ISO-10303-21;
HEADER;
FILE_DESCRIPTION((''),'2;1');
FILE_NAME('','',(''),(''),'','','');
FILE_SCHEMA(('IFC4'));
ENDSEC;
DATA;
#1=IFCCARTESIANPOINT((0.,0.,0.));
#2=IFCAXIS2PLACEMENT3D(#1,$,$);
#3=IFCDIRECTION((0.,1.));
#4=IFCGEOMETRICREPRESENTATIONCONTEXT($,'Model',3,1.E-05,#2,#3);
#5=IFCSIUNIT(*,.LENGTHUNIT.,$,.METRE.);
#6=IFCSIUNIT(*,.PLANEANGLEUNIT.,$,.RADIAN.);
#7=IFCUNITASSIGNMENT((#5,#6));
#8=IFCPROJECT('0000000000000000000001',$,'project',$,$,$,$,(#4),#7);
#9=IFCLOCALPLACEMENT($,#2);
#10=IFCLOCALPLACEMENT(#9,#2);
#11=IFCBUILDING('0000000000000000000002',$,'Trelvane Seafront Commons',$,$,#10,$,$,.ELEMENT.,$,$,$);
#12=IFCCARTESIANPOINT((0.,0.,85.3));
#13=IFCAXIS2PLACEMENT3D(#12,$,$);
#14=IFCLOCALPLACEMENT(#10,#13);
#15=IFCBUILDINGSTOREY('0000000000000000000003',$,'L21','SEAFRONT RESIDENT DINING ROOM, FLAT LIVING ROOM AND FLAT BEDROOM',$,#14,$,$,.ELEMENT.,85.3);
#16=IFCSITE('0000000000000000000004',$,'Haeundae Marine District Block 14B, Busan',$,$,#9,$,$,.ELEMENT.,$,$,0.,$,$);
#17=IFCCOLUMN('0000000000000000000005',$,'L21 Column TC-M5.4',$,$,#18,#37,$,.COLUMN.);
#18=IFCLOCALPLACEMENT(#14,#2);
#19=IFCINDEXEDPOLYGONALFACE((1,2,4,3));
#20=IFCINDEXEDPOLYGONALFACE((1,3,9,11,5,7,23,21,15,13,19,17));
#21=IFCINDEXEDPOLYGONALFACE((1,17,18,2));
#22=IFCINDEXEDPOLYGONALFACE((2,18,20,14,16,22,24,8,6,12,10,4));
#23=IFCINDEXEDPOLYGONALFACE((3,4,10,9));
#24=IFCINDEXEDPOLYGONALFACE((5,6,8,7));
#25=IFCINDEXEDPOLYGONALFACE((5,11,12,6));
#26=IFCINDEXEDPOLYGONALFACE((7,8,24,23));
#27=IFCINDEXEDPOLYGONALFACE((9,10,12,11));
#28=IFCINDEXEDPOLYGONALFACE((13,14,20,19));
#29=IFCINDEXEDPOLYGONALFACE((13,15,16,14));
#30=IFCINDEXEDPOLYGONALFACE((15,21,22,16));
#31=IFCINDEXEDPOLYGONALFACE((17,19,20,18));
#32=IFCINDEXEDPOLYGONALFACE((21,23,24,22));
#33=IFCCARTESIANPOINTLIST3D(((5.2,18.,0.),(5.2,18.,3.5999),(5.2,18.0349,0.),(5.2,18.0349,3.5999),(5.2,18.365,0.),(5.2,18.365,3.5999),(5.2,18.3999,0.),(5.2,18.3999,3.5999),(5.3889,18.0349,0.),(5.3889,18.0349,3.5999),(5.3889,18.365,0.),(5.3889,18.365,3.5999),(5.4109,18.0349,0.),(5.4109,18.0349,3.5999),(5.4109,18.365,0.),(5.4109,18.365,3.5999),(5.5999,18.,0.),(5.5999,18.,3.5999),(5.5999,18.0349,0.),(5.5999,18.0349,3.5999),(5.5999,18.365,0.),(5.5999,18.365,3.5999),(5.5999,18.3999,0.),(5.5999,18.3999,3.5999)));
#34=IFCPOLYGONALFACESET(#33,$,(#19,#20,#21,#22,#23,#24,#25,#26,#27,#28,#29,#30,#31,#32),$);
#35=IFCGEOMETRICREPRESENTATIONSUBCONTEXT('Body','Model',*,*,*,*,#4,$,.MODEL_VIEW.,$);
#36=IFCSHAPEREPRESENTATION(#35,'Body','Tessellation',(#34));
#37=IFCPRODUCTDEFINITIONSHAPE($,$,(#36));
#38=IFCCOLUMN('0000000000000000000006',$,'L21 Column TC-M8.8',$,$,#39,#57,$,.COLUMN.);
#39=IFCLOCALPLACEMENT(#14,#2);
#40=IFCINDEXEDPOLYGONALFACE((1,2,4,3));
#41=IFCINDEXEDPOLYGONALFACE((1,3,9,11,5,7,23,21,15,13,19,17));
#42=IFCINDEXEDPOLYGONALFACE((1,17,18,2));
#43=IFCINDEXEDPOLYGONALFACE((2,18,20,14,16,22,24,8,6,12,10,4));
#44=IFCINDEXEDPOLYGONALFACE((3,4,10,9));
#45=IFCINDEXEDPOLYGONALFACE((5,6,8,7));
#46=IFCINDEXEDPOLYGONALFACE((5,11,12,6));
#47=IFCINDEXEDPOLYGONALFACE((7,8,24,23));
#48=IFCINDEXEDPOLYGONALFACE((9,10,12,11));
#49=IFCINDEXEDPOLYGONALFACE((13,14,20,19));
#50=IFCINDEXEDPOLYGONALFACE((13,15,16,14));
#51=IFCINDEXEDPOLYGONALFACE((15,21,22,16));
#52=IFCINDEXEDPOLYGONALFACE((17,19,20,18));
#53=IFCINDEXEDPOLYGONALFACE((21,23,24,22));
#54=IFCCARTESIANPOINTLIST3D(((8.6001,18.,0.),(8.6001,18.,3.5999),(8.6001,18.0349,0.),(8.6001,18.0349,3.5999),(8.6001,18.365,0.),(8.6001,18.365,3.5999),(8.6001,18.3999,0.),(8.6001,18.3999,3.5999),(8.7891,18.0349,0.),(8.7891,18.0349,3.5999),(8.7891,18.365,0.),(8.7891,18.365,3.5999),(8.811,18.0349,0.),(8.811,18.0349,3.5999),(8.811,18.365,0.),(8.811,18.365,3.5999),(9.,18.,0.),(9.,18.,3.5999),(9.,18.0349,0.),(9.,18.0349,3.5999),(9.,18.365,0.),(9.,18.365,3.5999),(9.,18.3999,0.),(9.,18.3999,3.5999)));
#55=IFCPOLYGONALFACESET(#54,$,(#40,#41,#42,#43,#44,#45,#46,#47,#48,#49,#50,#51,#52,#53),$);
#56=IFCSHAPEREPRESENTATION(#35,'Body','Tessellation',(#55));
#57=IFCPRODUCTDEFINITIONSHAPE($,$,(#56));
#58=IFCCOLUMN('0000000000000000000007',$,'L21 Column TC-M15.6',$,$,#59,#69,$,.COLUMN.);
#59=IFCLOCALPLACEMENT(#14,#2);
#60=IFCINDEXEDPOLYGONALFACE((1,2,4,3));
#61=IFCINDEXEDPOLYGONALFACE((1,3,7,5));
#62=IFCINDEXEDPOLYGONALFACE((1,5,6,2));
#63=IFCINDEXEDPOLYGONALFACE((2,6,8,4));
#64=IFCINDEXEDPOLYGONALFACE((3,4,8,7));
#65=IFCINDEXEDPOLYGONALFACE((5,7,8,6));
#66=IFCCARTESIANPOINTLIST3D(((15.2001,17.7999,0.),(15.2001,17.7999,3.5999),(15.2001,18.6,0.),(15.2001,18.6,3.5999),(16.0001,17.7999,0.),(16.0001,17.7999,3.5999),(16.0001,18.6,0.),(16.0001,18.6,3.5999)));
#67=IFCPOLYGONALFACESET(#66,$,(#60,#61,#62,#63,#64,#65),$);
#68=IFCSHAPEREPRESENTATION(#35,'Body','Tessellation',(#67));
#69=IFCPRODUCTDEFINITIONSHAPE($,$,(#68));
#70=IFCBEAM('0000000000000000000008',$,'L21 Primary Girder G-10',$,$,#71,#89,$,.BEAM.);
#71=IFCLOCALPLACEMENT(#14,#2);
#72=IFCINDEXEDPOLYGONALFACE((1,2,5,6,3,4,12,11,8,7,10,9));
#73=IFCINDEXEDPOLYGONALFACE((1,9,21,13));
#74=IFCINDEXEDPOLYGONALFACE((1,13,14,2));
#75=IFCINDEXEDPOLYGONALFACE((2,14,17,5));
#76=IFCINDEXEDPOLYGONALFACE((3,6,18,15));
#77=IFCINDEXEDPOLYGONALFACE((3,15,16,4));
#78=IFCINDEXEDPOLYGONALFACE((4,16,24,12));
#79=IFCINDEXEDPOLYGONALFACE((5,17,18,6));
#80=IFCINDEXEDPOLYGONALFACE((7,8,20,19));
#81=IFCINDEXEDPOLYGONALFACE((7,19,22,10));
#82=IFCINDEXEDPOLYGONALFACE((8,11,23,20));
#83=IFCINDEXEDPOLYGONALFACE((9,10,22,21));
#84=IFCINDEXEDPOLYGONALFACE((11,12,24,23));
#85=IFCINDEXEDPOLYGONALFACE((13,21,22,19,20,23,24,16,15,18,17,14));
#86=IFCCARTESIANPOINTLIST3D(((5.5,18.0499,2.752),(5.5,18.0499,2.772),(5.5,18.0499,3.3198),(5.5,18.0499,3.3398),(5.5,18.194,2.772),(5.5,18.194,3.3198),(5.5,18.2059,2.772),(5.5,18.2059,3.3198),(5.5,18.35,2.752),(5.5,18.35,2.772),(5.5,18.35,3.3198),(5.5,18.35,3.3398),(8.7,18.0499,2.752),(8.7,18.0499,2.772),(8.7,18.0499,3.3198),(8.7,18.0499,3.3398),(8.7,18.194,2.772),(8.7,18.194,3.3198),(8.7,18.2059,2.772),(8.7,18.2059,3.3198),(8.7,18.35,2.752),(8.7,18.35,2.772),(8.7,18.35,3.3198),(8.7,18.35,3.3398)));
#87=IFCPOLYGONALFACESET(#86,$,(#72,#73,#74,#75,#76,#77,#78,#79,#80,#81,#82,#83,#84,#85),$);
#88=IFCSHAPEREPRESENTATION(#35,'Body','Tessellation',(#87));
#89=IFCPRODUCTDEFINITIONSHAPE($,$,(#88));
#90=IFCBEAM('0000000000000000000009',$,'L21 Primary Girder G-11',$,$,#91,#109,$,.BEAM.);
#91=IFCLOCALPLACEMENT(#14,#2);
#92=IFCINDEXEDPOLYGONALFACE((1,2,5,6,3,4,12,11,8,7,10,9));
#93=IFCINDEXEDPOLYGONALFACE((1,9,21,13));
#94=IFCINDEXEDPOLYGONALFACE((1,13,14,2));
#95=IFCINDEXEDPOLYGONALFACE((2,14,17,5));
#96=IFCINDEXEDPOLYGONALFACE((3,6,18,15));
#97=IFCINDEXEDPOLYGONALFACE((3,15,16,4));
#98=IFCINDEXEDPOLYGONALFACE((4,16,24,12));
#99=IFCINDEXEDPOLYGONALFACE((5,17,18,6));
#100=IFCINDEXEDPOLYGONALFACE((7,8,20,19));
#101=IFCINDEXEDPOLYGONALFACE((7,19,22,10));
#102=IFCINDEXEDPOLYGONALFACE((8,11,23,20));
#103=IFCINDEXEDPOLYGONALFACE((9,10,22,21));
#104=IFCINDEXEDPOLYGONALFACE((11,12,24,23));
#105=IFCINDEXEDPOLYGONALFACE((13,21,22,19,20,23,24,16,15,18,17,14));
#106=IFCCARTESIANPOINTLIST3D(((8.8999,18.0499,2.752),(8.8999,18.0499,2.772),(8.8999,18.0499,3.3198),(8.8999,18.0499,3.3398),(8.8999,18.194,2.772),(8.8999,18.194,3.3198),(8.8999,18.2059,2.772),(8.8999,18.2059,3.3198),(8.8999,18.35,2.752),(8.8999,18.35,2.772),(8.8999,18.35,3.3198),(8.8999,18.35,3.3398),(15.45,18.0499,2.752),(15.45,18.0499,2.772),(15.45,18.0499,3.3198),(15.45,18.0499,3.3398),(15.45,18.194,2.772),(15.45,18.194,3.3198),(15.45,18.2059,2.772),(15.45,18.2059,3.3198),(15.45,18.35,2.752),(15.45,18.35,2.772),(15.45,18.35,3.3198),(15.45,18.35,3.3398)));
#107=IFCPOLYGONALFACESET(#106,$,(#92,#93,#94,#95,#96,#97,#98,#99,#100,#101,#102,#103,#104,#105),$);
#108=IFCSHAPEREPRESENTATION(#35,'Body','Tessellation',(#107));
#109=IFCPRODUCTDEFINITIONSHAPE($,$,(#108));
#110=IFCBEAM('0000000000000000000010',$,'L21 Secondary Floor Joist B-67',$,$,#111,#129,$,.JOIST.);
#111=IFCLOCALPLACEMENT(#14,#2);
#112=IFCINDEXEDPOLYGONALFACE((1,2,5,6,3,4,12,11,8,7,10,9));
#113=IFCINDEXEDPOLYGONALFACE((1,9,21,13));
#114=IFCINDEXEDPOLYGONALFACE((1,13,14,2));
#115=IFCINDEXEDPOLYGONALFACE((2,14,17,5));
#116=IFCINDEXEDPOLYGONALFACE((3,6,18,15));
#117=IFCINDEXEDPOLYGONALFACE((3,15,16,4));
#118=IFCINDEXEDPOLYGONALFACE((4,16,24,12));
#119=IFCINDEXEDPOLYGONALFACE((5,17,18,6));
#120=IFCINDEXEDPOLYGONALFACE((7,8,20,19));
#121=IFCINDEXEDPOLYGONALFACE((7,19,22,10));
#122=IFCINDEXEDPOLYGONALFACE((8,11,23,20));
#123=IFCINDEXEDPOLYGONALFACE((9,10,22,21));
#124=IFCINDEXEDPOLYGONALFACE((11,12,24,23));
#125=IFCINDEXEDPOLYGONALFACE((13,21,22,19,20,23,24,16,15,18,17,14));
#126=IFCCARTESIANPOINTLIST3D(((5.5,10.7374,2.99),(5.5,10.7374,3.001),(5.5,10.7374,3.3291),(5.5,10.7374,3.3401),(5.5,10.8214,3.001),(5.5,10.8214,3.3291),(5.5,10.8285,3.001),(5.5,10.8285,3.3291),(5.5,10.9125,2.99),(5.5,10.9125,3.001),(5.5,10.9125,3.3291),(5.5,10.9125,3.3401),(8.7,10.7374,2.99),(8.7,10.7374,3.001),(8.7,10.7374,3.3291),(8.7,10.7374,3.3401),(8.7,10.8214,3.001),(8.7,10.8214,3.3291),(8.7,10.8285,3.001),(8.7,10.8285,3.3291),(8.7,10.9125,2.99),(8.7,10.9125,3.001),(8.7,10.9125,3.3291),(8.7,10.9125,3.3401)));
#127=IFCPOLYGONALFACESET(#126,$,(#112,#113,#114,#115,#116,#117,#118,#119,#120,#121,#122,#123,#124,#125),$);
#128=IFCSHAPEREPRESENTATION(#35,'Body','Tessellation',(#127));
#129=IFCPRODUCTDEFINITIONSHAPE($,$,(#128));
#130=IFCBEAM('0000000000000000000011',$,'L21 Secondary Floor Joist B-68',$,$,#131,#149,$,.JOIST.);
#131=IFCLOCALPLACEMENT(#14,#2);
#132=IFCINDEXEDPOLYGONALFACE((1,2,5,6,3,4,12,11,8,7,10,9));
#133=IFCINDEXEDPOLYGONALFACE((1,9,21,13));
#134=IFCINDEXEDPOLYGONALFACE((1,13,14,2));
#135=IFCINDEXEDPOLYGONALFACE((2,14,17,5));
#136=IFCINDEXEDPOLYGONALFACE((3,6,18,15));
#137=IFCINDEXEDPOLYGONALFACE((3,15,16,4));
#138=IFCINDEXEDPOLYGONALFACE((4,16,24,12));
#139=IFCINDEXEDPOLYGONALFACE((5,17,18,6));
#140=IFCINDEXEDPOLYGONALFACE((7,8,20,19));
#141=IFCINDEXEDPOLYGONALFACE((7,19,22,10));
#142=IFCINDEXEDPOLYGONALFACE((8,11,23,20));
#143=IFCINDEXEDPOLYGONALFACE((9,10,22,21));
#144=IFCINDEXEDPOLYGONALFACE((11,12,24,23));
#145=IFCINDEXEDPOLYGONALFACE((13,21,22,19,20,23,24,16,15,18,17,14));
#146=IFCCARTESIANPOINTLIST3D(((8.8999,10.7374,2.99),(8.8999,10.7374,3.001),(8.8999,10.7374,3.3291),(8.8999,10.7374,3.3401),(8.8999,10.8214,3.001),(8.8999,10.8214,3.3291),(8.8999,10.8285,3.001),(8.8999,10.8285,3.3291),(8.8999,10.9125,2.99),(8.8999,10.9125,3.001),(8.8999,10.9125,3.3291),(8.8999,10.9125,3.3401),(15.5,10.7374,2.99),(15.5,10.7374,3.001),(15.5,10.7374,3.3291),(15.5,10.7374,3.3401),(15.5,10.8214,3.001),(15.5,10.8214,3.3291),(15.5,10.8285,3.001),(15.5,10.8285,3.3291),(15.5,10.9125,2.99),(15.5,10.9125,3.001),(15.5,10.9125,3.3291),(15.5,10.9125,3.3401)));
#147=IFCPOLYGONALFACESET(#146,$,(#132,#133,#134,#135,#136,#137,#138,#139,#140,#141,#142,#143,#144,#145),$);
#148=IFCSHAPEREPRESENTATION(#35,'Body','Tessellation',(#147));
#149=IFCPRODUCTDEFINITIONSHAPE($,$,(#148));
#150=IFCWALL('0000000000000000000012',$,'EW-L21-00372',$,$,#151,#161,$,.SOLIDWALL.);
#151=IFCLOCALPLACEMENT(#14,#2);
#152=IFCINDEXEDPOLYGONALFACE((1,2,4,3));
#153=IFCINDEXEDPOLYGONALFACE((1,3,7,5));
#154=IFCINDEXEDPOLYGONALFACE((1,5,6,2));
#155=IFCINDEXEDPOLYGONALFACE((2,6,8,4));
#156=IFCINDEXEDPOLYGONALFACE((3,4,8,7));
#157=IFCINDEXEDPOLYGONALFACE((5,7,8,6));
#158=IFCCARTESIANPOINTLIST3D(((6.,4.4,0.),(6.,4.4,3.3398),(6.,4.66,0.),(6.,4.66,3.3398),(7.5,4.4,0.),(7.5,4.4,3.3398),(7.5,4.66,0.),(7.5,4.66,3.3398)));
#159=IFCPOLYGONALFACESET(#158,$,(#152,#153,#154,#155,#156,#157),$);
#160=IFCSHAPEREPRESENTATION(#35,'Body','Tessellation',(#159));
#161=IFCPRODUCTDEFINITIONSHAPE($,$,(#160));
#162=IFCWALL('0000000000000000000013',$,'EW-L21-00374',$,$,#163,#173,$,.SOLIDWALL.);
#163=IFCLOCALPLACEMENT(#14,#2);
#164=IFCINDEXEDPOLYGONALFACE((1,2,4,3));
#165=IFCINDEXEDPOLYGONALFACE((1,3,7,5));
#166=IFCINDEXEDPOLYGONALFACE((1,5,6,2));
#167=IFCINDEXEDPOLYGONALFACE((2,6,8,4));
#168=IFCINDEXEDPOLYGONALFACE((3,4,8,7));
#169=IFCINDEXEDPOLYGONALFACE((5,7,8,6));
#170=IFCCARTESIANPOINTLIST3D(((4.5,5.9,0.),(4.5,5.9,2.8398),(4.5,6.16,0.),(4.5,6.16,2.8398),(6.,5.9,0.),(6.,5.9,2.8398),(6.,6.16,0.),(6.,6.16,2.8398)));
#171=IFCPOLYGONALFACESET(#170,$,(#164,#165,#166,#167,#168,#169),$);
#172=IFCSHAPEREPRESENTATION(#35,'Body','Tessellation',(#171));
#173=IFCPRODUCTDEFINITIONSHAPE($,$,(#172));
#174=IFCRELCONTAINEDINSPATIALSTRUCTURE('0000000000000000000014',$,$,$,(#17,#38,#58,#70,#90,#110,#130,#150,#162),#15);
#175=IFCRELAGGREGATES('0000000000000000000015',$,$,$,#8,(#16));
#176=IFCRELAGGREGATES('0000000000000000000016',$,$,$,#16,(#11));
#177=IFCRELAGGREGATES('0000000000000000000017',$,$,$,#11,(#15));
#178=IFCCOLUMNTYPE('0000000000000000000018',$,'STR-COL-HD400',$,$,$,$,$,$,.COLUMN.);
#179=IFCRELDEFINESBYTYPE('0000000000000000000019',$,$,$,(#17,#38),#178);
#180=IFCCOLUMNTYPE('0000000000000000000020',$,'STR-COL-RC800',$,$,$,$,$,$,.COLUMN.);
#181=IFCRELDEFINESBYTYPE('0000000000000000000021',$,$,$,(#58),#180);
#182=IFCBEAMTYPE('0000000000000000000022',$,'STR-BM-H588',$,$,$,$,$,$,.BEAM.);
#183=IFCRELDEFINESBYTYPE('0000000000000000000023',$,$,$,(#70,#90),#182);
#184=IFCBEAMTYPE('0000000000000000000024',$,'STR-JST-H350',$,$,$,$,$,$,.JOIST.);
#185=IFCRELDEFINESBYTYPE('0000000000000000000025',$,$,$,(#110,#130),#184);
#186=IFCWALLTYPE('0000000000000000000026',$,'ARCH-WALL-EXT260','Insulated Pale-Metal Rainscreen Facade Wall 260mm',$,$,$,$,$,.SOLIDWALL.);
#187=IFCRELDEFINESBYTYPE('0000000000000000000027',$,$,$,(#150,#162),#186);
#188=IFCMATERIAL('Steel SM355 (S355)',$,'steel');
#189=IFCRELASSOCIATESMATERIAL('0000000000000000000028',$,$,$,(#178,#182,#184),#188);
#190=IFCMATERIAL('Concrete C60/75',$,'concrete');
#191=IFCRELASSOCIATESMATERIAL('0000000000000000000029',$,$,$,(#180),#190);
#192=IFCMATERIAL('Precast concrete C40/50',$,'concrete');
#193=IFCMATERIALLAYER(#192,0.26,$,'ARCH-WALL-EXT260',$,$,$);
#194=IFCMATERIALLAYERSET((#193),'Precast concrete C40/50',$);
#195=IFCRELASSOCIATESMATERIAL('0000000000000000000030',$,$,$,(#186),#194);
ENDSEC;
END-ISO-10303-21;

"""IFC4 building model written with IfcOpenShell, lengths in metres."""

from ifc_helpers import new_model, si_unit, direction, frame, frame_2d, origin, origin_2d, place, context, subcontext, project, spatial, rectangle, i_section, extrude, source, transform, mapped, material, layer, layer_set, material_profile, profile_set, type_object, element, save


model = new_model("IFC4")

# Units and contexts
model_context = context("Model", 3, precision=1e-05, world=origin(), true_north=direction((0.0, 1.0)))
body_context = subcontext(model_context, "Body", "Model", "MODEL_VIEW")
ifc_project = project(units=[si_unit("LENGTHUNIT", "METRE"), si_unit("PLANEANGLEUNIT", "RADIAN")], contexts=[model_context])

# Site, building, storey
site_placement = place(None, origin())
site = spatial("IfcSite", under=ifc_project, at=site_placement, Name="Haeundae Marine District Block 14B, Busan", CompositionType="ELEMENT", RefElevation=0.0)
building_placement = place(site_placement, origin())
building = spatial("IfcBuilding", under=site, at=building_placement, Name="Trelvane Seafront Commons", CompositionType="ELEMENT")
storey_placement = place(building_placement, frame((0.0, 0.0, 85.3)))
storey = spatial("IfcBuildingStorey", under=building, at=storey_placement, Name="L21", Description="SEAFRONT RESIDENT DINING ROOM, FLAT LIVING ROOM AND FLAT BEDROOM", CompositionType="ELEMENT", Elevation=85.3)

# Columns
ifc_material_1 = material(Name="Steel SM355 (S355)", Category="steel")
ifc_material_profile_1 = material_profile(ifc_material_1, i_section(OverallWidth=0.3999, OverallDepth=0.3999, WebThickness=0.022, FlangeThickness=0.0349, at=origin_2d()), Name="HD-400x400x22x35")
ifc_profile_set_1 = profile_set([ifc_material_profile_1], Name="Steel SM355 (S355)")
column_type_1 = type_object("IfcColumnType", Name="STR-COL-HD400", PredefinedType="COLUMN", material=ifc_profile_set_1)
shared_shape_1 = source(origin(), body_context, "Body", "SweptSolid", [
    extrude(i_section(OverallWidth=0.3999, OverallDepth=0.3999, WebThickness=0.022, FlangeThickness=0.0349, at=origin_2d()), origin(), (0.0, 0.0, 1.0), 3.5999),
])
for number, where, z_axis, x_axis, name in (
    (1, (5.3999, 18.2, 0.0), (0.0, 0.0, 1.0), (1.0, 0.0, 0.0), "L21 Column TC-M5.4"),
    (2, (8.8, 18.2, 0.0), (0.0, 0.0, 1.0), (1.0, 0.0, 0.0), "L21 Column TC-M8.8"),
):
    element("IfcColumn", number, at=place(storey_placement, frame(where, z_axis=z_axis, x_axis=x_axis)), inside=storey, type_object=column_type_1, Name=name, PredefinedType="COLUMN", context=body_context, shape_type="MappedRepresentation", body=[
        mapped(shared_shape_1, transform((0.0, 0.0, 0.0), x_axis=(1.0, 0.0, 0.0), y_axis=(0.0, 1.0, 0.0), z_axis=(0.0, 0.0, 1.0), scale=1.0)),
    ])
ifc_material_2 = material(Name="Concrete C60/75", Category="concrete")
ifc_material_profile_2 = material_profile(ifc_material_2, rectangle(XDim=0.8, YDim=0.8, at=origin_2d()), Name="RC-800x800")
ifc_profile_set_2 = profile_set([ifc_material_profile_2], Name="Concrete C60/75")
column_type_2 = type_object("IfcColumnType", Name="STR-COL-RC800", PredefinedType="COLUMN", material=ifc_profile_set_2)
shared_shape_2 = source(origin(), body_context, "Body", "SweptSolid", [
    extrude(rectangle(XDim=0.8, YDim=0.8, at=origin_2d()), origin(), (0.0, 0.0, 1.0), 3.5999),
])
column_placement = place(storey_placement, frame((15.6001, 18.2, 0.0), z_axis=(0.0, 0.0, 1.0), x_axis=(1.0, 0.0, 0.0)))
element("IfcColumn", 3, at=column_placement, inside=storey, type_object=column_type_2, Name="L21 Column TC-M15.6", PredefinedType="COLUMN", context=body_context, shape_type="MappedRepresentation", body=[
    mapped(shared_shape_2, transform((0.0, 0.0, 0.0), x_axis=(1.0, 0.0, 0.0), y_axis=(0.0, 1.0, 0.0), z_axis=(0.0, 0.0, 1.0), scale=1.0)),
])

# Beams
ifc_material_profile_3 = material_profile(ifc_material_1, i_section(OverallWidth=0.3, OverallDepth=0.5879, WebThickness=0.012, FlangeThickness=0.02, at=origin_2d()), Name="H-588x300x12x20")
ifc_profile_set_3 = profile_set([ifc_material_profile_3], Name="Steel SM355 (S355)")
beam_type_1 = type_object("IfcBeamType", Name="STR-BM-H588", PredefinedType="BEAM", material=ifc_profile_set_3)
shared_shape_3 = source(origin(), body_context, "Body", "SweptSolid", [
    extrude(i_section(OverallWidth=0.3, OverallDepth=0.5879, WebThickness=0.012, FlangeThickness=0.02, at=origin_2d()), origin(), (0.0, 0.0, 1.0), 3.2),
])
beam_1_placement = place(storey_placement, frame((5.5, 18.2, 3.0459), z_axis=(1.0, 0.0, 0.0), x_axis=(0.0, 1.0, 0.0)))
element("IfcBeam", 4, at=beam_1_placement, inside=storey, type_object=beam_type_1, Name="L21 Primary Girder G-10", PredefinedType="BEAM", context=body_context, shape_type="MappedRepresentation", body=[
    mapped(shared_shape_3, transform((0.0, 0.0, 0.0), x_axis=(1.0, 0.0, 0.0), y_axis=(0.0, 1.0, 0.0), z_axis=(0.0, 0.0, 1.0), scale=1.0)),
])
shared_shape_4 = source(origin(), body_context, "Body", "SweptSolid", [
    extrude(i_section(OverallWidth=0.3, OverallDepth=0.5879, WebThickness=0.012, FlangeThickness=0.02, at=origin_2d()), origin(), (0.0, 0.0, 1.0), 6.55),
])
beam_2_placement = place(storey_placement, frame((8.8999, 18.2, 3.0459), z_axis=(1.0, 0.0, 0.0), x_axis=(0.0, 1.0, 0.0)))
element("IfcBeam", 5, at=beam_2_placement, inside=storey, type_object=beam_type_1, Name="L21 Primary Girder G-11", PredefinedType="BEAM", context=body_context, shape_type="MappedRepresentation", body=[
    mapped(shared_shape_4, transform((0.0, 0.0, 0.0), x_axis=(1.0, 0.0, 0.0), y_axis=(0.0, 1.0, 0.0), z_axis=(0.0, 0.0, 1.0), scale=1.0)),
])
ifc_material_profile_4 = material_profile(ifc_material_1, i_section(OverallWidth=0.175, OverallDepth=0.3501, WebThickness=0.0071, FlangeThickness=0.011, at=origin_2d()), Name="H-350x175x7x11")
ifc_profile_set_4 = profile_set([ifc_material_profile_4], Name="Steel SM355 (S355)")
beam_type_2 = type_object("IfcBeamType", Name="STR-JST-H350", PredefinedType="JOIST", material=ifc_profile_set_4)
shared_shape_5 = source(origin(), body_context, "Body", "SweptSolid", [
    extrude(i_section(OverallWidth=0.175, OverallDepth=0.3501, WebThickness=0.0071, FlangeThickness=0.011, at=origin_2d()), origin(), (0.0, 0.0, 1.0), 3.2),
])
beam_3_placement = place(storey_placement, frame((5.5, 10.825, 3.165), z_axis=(1.0, 0.0, 0.0), x_axis=(0.0, 1.0, 0.0)))
element("IfcBeam", 6, at=beam_3_placement, inside=storey, type_object=beam_type_2, Name="L21 Secondary Floor Joist B-67", PredefinedType="JOIST", context=body_context, shape_type="MappedRepresentation", body=[
    mapped(shared_shape_5, transform((0.0, 0.0, 0.0), x_axis=(1.0, 0.0, 0.0), y_axis=(0.0, 1.0, 0.0), z_axis=(0.0, 0.0, 1.0), scale=1.0)),
])
shared_shape_6 = source(origin(), body_context, "Body", "SweptSolid", [
    extrude(i_section(OverallWidth=0.175, OverallDepth=0.3501, WebThickness=0.0071, FlangeThickness=0.011, at=origin_2d()), origin(), (0.0, 0.0, 1.0), 6.6001),
])
beam_4_placement = place(storey_placement, frame((8.8999, 10.825, 3.165), z_axis=(1.0, 0.0, 0.0), x_axis=(0.0, 1.0, 0.0)))
element("IfcBeam", 7, at=beam_4_placement, inside=storey, type_object=beam_type_2, Name="L21 Secondary Floor Joist B-68", PredefinedType="JOIST", context=body_context, shape_type="MappedRepresentation", body=[
    mapped(shared_shape_6, transform((0.0, 0.0, 0.0), x_axis=(1.0, 0.0, 0.0), y_axis=(0.0, 1.0, 0.0), z_axis=(0.0, 0.0, 1.0), scale=1.0)),
])

# Walls
ifc_material_3 = material(Name="Precast concrete C40/50", Category="concrete")
ifc_layer_1 = layer(ifc_material_3, 0.26, Name="ARCH-WALL-EXT260")
ifc_layer_set_1 = layer_set([ifc_layer_1], Name="Precast concrete C40/50")
wall_type_1 = type_object("IfcWallType", Name="ARCH-WALL-EXT260", Description="Insulated Pale-Metal Rainscreen Facade Wall 260mm", PredefinedType="SOLIDWALL", material=ifc_layer_set_1)
wall_1_placement = place(storey_placement, frame((7.5, 4.53, 0.0), z_axis=(0.0, 0.0, 1.0), x_axis=(-1.0, 0.0, 0.0)))
element("IfcWall", 8, at=wall_1_placement, inside=storey, type_object=wall_type_1, Name="EW-L21-00372", PredefinedType="SOLIDWALL", context=body_context, shape_type="SweptSolid", body=[
    extrude(rectangle(XDim=1.5, YDim=0.26, at=frame_2d((0.75, 0.0))), origin(), (0.0, 0.0, 1.0), 3.3398),
])
wall_2_placement = place(storey_placement, frame((6.0, 6.03, 0.0), z_axis=(0.0, 0.0, 1.0), x_axis=(-1.0, 0.0, 0.0)))
element("IfcWall", 9, at=wall_2_placement, inside=storey, type_object=wall_type_1, Name="EW-L21-00374", PredefinedType="SOLIDWALL", context=body_context, shape_type="SweptSolid", body=[
    extrude(rectangle(XDim=1.5, YDim=0.26, at=frame_2d((0.75, 0.0))), origin(), (0.0, 0.0, 1.0), 2.8398),
])

save(model, "model.ifc")
